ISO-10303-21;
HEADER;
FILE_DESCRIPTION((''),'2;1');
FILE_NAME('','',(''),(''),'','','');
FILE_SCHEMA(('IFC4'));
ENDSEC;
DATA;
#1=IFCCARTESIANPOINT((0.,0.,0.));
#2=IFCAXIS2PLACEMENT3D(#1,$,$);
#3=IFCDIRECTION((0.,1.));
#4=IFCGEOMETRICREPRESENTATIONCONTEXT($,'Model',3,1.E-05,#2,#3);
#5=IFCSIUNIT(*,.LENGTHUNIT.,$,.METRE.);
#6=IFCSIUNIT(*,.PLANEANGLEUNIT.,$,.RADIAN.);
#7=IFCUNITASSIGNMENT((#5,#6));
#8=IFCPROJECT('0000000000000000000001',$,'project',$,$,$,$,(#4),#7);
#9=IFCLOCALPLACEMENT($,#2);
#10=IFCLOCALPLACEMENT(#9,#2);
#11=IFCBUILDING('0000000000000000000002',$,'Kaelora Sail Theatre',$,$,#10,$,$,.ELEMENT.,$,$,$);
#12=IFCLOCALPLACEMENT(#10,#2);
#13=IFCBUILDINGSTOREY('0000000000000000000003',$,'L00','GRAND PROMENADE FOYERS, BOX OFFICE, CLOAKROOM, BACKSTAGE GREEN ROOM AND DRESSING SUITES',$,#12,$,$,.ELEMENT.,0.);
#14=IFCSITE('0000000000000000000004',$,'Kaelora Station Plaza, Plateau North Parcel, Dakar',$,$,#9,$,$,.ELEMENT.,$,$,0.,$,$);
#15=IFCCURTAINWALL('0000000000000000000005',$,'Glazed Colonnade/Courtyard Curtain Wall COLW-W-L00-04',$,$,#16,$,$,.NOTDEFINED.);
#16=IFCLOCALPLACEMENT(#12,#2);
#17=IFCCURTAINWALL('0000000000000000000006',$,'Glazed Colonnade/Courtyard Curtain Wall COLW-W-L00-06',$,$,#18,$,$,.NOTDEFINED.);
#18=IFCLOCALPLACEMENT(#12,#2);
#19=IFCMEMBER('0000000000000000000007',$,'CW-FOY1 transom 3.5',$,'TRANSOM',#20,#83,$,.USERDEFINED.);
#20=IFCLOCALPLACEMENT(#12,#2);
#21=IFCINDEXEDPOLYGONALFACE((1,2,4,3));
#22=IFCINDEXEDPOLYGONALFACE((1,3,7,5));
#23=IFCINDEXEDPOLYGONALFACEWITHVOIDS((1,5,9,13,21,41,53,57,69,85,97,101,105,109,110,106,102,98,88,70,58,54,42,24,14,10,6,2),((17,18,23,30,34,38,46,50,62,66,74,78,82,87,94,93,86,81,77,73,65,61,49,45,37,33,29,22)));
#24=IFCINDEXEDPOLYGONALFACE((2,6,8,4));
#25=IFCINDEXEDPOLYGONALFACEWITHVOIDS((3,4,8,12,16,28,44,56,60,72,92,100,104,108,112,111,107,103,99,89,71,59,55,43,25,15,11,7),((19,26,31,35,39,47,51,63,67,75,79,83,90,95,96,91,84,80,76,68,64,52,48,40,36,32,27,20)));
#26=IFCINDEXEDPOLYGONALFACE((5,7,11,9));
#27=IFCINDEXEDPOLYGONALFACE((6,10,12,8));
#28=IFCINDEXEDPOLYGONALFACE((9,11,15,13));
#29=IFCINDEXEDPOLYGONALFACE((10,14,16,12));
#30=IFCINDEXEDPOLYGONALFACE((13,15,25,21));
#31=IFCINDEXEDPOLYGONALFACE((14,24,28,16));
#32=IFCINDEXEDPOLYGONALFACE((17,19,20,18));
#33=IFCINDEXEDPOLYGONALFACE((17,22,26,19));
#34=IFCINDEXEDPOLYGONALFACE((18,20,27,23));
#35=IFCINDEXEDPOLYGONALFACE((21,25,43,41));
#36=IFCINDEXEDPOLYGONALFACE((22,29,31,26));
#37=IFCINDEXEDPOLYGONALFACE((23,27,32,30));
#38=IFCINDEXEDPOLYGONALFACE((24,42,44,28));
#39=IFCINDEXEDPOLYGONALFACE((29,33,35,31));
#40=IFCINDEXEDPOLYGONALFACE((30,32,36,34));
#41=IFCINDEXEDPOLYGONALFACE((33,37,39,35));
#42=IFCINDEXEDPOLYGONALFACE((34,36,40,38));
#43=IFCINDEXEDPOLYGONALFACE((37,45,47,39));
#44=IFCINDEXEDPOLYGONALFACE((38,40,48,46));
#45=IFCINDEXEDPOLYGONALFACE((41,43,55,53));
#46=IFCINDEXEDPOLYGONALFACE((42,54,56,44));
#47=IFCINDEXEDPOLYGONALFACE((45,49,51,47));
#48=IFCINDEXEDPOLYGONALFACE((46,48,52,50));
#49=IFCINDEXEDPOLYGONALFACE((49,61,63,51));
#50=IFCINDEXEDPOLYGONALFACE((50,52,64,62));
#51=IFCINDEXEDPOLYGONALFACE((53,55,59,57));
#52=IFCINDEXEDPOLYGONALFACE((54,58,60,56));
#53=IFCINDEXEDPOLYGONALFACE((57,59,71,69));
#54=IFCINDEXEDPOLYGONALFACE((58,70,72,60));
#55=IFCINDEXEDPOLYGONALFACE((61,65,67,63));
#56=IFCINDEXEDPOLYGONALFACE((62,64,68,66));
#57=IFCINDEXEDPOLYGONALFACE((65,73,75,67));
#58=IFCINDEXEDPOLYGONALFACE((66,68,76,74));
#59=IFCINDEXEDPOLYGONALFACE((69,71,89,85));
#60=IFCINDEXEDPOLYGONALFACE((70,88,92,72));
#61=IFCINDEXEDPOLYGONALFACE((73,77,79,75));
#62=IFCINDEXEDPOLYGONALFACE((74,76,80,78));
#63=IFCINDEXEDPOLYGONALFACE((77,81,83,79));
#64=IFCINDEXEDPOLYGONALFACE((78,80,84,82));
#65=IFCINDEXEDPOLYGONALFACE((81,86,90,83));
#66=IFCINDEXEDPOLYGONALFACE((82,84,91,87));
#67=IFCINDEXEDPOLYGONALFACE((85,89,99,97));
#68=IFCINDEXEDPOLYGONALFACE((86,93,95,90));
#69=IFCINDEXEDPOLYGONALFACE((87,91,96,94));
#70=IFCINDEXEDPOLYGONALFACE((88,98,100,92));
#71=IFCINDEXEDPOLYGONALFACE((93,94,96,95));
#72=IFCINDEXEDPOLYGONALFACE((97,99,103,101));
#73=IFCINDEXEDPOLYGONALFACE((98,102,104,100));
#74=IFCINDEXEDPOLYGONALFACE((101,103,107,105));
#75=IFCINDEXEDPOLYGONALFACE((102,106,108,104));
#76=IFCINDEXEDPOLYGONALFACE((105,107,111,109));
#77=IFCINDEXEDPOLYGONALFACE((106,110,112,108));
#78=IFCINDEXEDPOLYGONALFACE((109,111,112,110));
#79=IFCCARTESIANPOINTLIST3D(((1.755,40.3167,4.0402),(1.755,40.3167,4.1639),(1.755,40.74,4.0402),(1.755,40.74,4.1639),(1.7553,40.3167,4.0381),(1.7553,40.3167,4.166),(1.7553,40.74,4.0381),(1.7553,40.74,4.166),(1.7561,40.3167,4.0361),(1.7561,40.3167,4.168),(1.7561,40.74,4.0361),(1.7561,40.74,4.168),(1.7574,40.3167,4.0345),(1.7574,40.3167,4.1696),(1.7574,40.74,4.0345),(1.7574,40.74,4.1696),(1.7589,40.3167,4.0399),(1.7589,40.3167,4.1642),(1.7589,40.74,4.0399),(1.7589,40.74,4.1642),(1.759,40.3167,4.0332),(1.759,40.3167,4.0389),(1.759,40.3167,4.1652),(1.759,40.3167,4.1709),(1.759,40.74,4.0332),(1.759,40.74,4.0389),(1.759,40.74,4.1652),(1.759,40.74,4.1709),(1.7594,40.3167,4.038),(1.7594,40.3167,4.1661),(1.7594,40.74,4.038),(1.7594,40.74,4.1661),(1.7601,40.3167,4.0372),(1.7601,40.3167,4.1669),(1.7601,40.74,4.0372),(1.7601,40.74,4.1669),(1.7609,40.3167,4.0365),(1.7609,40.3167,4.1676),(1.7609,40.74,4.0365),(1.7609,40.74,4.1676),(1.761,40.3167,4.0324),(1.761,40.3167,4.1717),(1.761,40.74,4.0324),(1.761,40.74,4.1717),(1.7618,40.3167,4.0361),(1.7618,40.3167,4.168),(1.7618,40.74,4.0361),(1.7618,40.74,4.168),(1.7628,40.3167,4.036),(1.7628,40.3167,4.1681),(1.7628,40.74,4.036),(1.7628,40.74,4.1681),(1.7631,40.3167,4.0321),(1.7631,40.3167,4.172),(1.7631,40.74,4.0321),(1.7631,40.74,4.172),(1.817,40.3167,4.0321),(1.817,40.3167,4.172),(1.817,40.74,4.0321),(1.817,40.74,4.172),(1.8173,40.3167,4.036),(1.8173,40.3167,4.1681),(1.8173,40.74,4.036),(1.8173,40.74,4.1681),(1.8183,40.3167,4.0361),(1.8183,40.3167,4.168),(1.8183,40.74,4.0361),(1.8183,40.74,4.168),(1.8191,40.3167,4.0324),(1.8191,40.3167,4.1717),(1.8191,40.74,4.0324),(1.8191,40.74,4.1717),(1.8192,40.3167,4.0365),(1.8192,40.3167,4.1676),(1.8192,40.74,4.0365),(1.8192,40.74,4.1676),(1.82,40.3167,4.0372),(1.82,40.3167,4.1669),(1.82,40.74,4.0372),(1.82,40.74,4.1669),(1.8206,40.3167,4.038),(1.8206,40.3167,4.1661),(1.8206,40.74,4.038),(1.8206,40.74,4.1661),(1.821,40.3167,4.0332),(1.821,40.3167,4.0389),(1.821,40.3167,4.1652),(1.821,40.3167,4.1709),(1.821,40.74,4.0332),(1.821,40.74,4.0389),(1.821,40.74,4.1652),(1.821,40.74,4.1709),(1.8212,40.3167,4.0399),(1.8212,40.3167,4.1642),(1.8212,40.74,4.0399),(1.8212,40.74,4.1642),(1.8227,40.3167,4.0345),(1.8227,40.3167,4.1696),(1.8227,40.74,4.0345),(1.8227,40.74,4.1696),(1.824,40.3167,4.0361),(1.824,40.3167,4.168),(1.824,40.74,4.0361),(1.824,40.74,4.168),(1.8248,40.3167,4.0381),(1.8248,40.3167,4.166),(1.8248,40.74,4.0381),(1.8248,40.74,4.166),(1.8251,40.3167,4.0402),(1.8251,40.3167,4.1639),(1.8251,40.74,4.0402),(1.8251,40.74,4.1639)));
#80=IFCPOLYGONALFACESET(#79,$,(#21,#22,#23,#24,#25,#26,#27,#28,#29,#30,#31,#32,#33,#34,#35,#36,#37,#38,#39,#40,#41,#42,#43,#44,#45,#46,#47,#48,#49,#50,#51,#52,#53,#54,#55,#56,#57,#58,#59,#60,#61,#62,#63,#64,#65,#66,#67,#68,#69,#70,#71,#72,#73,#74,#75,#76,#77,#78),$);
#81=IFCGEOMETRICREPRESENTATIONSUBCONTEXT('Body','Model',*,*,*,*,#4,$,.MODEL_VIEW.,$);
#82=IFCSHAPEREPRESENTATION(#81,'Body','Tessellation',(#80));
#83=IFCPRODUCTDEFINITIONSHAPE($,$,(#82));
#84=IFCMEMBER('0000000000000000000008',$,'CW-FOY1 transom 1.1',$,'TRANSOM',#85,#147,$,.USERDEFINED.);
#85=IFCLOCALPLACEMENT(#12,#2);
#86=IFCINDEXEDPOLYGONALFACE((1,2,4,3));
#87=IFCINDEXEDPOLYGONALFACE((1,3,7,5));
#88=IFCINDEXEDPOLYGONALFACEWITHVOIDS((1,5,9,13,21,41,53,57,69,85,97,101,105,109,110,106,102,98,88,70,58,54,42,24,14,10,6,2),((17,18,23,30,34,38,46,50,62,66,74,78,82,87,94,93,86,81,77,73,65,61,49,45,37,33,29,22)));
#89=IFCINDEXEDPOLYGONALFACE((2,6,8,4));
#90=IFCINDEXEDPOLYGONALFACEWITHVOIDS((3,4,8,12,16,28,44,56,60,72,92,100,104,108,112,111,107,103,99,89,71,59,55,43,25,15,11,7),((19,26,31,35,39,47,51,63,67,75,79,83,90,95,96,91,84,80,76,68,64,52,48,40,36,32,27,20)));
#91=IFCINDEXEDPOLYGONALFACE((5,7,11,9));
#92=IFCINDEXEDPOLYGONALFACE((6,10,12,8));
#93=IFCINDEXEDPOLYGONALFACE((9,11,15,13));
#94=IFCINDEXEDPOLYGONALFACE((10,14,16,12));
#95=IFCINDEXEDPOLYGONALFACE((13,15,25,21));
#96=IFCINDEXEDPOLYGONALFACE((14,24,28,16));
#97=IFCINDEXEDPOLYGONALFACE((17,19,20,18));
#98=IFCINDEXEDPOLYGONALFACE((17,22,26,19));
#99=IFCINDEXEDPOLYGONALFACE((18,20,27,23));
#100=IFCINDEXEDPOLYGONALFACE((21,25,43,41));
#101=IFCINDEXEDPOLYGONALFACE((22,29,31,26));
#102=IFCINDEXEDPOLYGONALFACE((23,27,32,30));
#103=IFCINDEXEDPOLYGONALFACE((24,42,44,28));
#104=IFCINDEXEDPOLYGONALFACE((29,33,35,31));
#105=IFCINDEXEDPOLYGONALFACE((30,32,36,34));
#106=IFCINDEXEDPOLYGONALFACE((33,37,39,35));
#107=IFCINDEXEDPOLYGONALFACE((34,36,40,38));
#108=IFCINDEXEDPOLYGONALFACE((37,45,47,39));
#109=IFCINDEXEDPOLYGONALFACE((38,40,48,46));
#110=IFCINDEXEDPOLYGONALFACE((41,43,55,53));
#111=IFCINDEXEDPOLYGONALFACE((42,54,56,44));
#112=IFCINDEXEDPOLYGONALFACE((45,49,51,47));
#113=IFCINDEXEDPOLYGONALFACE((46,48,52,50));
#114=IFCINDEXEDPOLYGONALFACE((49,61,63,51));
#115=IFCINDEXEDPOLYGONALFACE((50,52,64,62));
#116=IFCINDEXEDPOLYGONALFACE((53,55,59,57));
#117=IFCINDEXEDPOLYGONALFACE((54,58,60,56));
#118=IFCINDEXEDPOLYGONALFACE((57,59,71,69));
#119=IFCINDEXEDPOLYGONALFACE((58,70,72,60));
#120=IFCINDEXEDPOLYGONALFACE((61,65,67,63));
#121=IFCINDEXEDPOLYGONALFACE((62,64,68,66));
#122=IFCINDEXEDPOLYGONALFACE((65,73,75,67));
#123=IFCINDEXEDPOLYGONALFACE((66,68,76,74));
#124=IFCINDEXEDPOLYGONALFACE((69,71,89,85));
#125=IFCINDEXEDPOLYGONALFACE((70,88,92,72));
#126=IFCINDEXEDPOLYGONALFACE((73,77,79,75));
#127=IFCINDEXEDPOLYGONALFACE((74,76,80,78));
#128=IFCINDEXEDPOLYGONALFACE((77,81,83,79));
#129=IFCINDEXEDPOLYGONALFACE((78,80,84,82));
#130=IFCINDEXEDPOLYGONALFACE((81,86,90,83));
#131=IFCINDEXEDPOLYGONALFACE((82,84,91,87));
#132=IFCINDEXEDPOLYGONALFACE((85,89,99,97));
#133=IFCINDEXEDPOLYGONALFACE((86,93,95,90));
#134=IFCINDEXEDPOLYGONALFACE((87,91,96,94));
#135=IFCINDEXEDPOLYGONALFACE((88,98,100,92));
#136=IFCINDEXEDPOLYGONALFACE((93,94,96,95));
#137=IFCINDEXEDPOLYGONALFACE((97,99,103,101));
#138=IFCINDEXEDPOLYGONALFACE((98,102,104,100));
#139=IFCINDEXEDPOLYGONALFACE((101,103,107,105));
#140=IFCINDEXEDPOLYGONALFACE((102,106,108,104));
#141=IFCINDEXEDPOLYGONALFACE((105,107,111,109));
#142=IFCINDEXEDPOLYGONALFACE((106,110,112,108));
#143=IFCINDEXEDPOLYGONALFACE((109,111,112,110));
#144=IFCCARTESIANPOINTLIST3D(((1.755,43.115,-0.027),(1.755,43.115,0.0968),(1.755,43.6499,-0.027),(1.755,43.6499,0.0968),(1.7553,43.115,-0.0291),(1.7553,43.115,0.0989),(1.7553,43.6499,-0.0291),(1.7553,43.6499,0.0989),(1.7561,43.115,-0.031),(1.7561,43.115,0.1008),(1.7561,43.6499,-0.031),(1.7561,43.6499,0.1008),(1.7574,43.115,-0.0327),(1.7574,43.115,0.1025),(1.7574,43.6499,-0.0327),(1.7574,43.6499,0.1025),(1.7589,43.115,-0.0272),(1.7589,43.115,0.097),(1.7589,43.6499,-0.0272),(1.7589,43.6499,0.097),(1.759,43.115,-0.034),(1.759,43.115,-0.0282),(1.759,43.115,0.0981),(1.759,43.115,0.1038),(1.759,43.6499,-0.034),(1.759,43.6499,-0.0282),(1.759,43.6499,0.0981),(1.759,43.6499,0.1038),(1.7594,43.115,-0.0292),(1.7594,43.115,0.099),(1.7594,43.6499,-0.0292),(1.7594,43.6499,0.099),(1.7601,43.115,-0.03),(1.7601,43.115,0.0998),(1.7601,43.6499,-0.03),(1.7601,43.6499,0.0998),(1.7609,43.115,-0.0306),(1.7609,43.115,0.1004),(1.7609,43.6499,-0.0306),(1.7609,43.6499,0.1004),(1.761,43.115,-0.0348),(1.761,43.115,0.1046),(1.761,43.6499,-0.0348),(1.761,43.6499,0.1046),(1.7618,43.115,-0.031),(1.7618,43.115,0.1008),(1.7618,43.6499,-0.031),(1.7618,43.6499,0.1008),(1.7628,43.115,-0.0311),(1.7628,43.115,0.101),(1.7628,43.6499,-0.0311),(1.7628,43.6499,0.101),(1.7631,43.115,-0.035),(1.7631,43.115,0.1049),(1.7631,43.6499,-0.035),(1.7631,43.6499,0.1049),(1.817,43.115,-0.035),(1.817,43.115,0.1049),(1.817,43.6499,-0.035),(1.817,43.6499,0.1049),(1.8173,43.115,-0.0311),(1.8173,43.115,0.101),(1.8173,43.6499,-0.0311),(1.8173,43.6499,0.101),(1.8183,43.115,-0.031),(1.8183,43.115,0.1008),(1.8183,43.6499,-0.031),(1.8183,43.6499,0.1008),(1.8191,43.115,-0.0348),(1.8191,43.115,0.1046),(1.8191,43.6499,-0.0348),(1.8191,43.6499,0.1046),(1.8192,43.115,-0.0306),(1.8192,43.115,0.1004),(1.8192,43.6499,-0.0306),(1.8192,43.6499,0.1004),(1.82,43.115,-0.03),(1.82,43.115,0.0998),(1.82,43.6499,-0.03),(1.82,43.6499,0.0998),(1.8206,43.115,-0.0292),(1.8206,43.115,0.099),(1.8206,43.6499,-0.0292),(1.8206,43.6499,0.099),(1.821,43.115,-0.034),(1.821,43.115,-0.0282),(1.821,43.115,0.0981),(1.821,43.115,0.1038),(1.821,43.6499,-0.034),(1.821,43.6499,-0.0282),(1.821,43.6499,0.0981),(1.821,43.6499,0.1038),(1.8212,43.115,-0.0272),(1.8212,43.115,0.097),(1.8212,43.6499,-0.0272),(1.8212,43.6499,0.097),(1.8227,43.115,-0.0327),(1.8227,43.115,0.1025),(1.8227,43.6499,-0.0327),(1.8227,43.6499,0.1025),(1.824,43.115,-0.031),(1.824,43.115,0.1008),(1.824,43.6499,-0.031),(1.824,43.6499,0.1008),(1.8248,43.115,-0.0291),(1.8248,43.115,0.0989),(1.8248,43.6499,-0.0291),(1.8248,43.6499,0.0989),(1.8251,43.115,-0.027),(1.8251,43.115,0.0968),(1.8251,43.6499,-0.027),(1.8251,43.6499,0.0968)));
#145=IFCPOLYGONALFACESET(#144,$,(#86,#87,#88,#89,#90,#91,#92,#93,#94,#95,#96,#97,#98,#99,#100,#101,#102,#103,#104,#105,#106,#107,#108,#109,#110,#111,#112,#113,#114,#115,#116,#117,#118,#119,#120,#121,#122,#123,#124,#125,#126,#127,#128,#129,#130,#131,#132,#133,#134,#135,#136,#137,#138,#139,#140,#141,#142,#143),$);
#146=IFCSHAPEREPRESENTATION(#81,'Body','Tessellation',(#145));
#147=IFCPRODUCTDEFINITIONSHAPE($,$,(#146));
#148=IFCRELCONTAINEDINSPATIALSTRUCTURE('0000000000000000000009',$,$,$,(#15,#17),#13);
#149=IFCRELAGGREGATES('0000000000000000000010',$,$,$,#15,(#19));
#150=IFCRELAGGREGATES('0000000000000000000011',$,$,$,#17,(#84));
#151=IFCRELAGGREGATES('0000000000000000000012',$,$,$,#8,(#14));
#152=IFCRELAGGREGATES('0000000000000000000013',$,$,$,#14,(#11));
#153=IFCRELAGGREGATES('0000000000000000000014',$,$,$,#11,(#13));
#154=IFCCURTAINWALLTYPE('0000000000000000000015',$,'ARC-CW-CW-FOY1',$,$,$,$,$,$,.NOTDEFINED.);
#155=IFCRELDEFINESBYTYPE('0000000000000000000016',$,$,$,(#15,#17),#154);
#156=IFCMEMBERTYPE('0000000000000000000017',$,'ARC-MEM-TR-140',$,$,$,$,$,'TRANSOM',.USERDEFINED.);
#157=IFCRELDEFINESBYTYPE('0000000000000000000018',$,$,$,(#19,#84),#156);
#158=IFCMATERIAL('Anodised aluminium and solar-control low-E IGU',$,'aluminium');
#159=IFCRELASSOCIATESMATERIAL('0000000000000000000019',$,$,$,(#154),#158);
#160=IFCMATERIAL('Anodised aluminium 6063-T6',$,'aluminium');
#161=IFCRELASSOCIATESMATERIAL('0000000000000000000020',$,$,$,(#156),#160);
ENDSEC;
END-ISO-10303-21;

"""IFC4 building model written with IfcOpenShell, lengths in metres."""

from ifc_helpers import new_model, si_unit, direction, frame, origin, origin_2d, place, context, subcontext, project, spatial, hollow_rectangle, extrude, material, material_profile, profile_set, type_object, element, aggregate, save


model = new_model("IFC4")

# Units and contexts
model_context = context("Model", 3, precision=1e-05, world=origin(), true_north=direction((0.0, 1.0)))
body_context = subcontext(model_context, "Body", "Model", "MODEL_VIEW")
ifc_project = project(units=[si_unit("LENGTHUNIT", "METRE"), si_unit("PLANEANGLEUNIT", "RADIAN")], contexts=[model_context])

# Site, building, storey
site_placement = place(None, origin())
site = spatial("IfcSite", under=ifc_project, at=site_placement, Name="Kaelora Station Plaza, Plateau North Parcel, Dakar", CompositionType="ELEMENT", RefElevation=0.0)
building_placement = place(site_placement, origin())
building = spatial("IfcBuilding", under=site, at=building_placement, Name="Kaelora Sail Theatre", CompositionType="ELEMENT")
storey_placement = place(building_placement, origin())
storey = spatial("IfcBuildingStorey", under=building, at=storey_placement, Name="L00", Description="GRAND PROMENADE FOYERS, BOX OFFICE, CLOAKROOM, BACKSTAGE GREEN ROOM AND DRESSING SUITES", CompositionType="ELEMENT", Elevation=0.0)

# Curtain wall
ifc_material_1 = material(Name="Anodised aluminium and solar-control low-E IGU", Category="aluminium")
curtain_wall_type = type_object("IfcCurtainWallType", Name="ARC-CW-CW-FOY1", PredefinedType="NOTDEFINED", material=ifc_material_1)
curtain_wall_1_placement = place(storey_placement, origin())
curtain_wall_1 = element("IfcCurtainWall", 1, at=curtain_wall_1_placement, inside=storey, type_object=curtain_wall_type, Name="Glazed Colonnade/Courtyard Curtain Wall COLW-W-L00-04", PredefinedType="NOTDEFINED")

# Curtain wall
curtain_wall_2_placement = place(storey_placement, origin())
curtain_wall_2 = element("IfcCurtainWall", 2, at=curtain_wall_2_placement, inside=storey, type_object=curtain_wall_type, Name="Glazed Colonnade/Courtyard Curtain Wall COLW-W-L00-06", PredefinedType="NOTDEFINED")

# Members
ifc_material_2 = material(Name="Anodised aluminium 6063-T6", Category="aluminium")
ifc_material_profile_1 = material_profile(ifc_material_2, hollow_rectangle(XDim=0.0701, YDim=0.1399, WallThickness=0.0039, InnerFilletRadius=0.0039, OuterFilletRadius=0.0081, at=origin_2d()), Name="ALU-TRAN 70x140x4")
ifc_profile_set_1 = profile_set([ifc_material_profile_1], Name="Anodised aluminium 6063-T6")
member_type_1 = type_object("IfcMemberType", Name="ARC-MEM-TR-140", ElementType="TRANSOM", PredefinedType="USERDEFINED", material=ifc_profile_set_1)
member_1_placement = place(storey_placement, frame((1.79, 40.3167, 4.1021), z_axis=(0.0, 1.0, 0.0), x_axis=(-1.0, 0.0, 0.0)))
member_1 = element("IfcMember", 3, at=member_1_placement, type_object=member_type_1, Name="CW-FOY1 transom 3.5", ObjectType="TRANSOM", PredefinedType="USERDEFINED", context=body_context, shape_type="SweptSolid", body=[
    extrude(hollow_rectangle(XDim=0.0701, YDim=0.1399, WallThickness=0.0039, InnerFilletRadius=0.0039, OuterFilletRadius=0.0081, at=origin_2d()), origin(), (0.0, 0.0, 1.0), 0.4233),
])
member_2_placement = place(storey_placement, frame((1.79, 43.115, 0.0349), z_axis=(0.0, 1.0, 0.0), x_axis=(-1.0, 0.0, 0.0)))
member_2 = element("IfcMember", 4, at=member_2_placement, type_object=member_type_1, Name="CW-FOY1 transom 1.1", ObjectType="TRANSOM", PredefinedType="USERDEFINED", context=body_context, shape_type="SweptSolid", body=[
    extrude(hollow_rectangle(XDim=0.0701, YDim=0.1399, WallThickness=0.0039, InnerFilletRadius=0.0039, OuterFilletRadius=0.0081, at=origin_2d()), origin(), (0.0, 0.0, 1.0), 0.5349),
])

aggregate(curtain_wall_1, [member_1])
aggregate(curtain_wall_2, [member_2])

save(model, "model.ifc")
